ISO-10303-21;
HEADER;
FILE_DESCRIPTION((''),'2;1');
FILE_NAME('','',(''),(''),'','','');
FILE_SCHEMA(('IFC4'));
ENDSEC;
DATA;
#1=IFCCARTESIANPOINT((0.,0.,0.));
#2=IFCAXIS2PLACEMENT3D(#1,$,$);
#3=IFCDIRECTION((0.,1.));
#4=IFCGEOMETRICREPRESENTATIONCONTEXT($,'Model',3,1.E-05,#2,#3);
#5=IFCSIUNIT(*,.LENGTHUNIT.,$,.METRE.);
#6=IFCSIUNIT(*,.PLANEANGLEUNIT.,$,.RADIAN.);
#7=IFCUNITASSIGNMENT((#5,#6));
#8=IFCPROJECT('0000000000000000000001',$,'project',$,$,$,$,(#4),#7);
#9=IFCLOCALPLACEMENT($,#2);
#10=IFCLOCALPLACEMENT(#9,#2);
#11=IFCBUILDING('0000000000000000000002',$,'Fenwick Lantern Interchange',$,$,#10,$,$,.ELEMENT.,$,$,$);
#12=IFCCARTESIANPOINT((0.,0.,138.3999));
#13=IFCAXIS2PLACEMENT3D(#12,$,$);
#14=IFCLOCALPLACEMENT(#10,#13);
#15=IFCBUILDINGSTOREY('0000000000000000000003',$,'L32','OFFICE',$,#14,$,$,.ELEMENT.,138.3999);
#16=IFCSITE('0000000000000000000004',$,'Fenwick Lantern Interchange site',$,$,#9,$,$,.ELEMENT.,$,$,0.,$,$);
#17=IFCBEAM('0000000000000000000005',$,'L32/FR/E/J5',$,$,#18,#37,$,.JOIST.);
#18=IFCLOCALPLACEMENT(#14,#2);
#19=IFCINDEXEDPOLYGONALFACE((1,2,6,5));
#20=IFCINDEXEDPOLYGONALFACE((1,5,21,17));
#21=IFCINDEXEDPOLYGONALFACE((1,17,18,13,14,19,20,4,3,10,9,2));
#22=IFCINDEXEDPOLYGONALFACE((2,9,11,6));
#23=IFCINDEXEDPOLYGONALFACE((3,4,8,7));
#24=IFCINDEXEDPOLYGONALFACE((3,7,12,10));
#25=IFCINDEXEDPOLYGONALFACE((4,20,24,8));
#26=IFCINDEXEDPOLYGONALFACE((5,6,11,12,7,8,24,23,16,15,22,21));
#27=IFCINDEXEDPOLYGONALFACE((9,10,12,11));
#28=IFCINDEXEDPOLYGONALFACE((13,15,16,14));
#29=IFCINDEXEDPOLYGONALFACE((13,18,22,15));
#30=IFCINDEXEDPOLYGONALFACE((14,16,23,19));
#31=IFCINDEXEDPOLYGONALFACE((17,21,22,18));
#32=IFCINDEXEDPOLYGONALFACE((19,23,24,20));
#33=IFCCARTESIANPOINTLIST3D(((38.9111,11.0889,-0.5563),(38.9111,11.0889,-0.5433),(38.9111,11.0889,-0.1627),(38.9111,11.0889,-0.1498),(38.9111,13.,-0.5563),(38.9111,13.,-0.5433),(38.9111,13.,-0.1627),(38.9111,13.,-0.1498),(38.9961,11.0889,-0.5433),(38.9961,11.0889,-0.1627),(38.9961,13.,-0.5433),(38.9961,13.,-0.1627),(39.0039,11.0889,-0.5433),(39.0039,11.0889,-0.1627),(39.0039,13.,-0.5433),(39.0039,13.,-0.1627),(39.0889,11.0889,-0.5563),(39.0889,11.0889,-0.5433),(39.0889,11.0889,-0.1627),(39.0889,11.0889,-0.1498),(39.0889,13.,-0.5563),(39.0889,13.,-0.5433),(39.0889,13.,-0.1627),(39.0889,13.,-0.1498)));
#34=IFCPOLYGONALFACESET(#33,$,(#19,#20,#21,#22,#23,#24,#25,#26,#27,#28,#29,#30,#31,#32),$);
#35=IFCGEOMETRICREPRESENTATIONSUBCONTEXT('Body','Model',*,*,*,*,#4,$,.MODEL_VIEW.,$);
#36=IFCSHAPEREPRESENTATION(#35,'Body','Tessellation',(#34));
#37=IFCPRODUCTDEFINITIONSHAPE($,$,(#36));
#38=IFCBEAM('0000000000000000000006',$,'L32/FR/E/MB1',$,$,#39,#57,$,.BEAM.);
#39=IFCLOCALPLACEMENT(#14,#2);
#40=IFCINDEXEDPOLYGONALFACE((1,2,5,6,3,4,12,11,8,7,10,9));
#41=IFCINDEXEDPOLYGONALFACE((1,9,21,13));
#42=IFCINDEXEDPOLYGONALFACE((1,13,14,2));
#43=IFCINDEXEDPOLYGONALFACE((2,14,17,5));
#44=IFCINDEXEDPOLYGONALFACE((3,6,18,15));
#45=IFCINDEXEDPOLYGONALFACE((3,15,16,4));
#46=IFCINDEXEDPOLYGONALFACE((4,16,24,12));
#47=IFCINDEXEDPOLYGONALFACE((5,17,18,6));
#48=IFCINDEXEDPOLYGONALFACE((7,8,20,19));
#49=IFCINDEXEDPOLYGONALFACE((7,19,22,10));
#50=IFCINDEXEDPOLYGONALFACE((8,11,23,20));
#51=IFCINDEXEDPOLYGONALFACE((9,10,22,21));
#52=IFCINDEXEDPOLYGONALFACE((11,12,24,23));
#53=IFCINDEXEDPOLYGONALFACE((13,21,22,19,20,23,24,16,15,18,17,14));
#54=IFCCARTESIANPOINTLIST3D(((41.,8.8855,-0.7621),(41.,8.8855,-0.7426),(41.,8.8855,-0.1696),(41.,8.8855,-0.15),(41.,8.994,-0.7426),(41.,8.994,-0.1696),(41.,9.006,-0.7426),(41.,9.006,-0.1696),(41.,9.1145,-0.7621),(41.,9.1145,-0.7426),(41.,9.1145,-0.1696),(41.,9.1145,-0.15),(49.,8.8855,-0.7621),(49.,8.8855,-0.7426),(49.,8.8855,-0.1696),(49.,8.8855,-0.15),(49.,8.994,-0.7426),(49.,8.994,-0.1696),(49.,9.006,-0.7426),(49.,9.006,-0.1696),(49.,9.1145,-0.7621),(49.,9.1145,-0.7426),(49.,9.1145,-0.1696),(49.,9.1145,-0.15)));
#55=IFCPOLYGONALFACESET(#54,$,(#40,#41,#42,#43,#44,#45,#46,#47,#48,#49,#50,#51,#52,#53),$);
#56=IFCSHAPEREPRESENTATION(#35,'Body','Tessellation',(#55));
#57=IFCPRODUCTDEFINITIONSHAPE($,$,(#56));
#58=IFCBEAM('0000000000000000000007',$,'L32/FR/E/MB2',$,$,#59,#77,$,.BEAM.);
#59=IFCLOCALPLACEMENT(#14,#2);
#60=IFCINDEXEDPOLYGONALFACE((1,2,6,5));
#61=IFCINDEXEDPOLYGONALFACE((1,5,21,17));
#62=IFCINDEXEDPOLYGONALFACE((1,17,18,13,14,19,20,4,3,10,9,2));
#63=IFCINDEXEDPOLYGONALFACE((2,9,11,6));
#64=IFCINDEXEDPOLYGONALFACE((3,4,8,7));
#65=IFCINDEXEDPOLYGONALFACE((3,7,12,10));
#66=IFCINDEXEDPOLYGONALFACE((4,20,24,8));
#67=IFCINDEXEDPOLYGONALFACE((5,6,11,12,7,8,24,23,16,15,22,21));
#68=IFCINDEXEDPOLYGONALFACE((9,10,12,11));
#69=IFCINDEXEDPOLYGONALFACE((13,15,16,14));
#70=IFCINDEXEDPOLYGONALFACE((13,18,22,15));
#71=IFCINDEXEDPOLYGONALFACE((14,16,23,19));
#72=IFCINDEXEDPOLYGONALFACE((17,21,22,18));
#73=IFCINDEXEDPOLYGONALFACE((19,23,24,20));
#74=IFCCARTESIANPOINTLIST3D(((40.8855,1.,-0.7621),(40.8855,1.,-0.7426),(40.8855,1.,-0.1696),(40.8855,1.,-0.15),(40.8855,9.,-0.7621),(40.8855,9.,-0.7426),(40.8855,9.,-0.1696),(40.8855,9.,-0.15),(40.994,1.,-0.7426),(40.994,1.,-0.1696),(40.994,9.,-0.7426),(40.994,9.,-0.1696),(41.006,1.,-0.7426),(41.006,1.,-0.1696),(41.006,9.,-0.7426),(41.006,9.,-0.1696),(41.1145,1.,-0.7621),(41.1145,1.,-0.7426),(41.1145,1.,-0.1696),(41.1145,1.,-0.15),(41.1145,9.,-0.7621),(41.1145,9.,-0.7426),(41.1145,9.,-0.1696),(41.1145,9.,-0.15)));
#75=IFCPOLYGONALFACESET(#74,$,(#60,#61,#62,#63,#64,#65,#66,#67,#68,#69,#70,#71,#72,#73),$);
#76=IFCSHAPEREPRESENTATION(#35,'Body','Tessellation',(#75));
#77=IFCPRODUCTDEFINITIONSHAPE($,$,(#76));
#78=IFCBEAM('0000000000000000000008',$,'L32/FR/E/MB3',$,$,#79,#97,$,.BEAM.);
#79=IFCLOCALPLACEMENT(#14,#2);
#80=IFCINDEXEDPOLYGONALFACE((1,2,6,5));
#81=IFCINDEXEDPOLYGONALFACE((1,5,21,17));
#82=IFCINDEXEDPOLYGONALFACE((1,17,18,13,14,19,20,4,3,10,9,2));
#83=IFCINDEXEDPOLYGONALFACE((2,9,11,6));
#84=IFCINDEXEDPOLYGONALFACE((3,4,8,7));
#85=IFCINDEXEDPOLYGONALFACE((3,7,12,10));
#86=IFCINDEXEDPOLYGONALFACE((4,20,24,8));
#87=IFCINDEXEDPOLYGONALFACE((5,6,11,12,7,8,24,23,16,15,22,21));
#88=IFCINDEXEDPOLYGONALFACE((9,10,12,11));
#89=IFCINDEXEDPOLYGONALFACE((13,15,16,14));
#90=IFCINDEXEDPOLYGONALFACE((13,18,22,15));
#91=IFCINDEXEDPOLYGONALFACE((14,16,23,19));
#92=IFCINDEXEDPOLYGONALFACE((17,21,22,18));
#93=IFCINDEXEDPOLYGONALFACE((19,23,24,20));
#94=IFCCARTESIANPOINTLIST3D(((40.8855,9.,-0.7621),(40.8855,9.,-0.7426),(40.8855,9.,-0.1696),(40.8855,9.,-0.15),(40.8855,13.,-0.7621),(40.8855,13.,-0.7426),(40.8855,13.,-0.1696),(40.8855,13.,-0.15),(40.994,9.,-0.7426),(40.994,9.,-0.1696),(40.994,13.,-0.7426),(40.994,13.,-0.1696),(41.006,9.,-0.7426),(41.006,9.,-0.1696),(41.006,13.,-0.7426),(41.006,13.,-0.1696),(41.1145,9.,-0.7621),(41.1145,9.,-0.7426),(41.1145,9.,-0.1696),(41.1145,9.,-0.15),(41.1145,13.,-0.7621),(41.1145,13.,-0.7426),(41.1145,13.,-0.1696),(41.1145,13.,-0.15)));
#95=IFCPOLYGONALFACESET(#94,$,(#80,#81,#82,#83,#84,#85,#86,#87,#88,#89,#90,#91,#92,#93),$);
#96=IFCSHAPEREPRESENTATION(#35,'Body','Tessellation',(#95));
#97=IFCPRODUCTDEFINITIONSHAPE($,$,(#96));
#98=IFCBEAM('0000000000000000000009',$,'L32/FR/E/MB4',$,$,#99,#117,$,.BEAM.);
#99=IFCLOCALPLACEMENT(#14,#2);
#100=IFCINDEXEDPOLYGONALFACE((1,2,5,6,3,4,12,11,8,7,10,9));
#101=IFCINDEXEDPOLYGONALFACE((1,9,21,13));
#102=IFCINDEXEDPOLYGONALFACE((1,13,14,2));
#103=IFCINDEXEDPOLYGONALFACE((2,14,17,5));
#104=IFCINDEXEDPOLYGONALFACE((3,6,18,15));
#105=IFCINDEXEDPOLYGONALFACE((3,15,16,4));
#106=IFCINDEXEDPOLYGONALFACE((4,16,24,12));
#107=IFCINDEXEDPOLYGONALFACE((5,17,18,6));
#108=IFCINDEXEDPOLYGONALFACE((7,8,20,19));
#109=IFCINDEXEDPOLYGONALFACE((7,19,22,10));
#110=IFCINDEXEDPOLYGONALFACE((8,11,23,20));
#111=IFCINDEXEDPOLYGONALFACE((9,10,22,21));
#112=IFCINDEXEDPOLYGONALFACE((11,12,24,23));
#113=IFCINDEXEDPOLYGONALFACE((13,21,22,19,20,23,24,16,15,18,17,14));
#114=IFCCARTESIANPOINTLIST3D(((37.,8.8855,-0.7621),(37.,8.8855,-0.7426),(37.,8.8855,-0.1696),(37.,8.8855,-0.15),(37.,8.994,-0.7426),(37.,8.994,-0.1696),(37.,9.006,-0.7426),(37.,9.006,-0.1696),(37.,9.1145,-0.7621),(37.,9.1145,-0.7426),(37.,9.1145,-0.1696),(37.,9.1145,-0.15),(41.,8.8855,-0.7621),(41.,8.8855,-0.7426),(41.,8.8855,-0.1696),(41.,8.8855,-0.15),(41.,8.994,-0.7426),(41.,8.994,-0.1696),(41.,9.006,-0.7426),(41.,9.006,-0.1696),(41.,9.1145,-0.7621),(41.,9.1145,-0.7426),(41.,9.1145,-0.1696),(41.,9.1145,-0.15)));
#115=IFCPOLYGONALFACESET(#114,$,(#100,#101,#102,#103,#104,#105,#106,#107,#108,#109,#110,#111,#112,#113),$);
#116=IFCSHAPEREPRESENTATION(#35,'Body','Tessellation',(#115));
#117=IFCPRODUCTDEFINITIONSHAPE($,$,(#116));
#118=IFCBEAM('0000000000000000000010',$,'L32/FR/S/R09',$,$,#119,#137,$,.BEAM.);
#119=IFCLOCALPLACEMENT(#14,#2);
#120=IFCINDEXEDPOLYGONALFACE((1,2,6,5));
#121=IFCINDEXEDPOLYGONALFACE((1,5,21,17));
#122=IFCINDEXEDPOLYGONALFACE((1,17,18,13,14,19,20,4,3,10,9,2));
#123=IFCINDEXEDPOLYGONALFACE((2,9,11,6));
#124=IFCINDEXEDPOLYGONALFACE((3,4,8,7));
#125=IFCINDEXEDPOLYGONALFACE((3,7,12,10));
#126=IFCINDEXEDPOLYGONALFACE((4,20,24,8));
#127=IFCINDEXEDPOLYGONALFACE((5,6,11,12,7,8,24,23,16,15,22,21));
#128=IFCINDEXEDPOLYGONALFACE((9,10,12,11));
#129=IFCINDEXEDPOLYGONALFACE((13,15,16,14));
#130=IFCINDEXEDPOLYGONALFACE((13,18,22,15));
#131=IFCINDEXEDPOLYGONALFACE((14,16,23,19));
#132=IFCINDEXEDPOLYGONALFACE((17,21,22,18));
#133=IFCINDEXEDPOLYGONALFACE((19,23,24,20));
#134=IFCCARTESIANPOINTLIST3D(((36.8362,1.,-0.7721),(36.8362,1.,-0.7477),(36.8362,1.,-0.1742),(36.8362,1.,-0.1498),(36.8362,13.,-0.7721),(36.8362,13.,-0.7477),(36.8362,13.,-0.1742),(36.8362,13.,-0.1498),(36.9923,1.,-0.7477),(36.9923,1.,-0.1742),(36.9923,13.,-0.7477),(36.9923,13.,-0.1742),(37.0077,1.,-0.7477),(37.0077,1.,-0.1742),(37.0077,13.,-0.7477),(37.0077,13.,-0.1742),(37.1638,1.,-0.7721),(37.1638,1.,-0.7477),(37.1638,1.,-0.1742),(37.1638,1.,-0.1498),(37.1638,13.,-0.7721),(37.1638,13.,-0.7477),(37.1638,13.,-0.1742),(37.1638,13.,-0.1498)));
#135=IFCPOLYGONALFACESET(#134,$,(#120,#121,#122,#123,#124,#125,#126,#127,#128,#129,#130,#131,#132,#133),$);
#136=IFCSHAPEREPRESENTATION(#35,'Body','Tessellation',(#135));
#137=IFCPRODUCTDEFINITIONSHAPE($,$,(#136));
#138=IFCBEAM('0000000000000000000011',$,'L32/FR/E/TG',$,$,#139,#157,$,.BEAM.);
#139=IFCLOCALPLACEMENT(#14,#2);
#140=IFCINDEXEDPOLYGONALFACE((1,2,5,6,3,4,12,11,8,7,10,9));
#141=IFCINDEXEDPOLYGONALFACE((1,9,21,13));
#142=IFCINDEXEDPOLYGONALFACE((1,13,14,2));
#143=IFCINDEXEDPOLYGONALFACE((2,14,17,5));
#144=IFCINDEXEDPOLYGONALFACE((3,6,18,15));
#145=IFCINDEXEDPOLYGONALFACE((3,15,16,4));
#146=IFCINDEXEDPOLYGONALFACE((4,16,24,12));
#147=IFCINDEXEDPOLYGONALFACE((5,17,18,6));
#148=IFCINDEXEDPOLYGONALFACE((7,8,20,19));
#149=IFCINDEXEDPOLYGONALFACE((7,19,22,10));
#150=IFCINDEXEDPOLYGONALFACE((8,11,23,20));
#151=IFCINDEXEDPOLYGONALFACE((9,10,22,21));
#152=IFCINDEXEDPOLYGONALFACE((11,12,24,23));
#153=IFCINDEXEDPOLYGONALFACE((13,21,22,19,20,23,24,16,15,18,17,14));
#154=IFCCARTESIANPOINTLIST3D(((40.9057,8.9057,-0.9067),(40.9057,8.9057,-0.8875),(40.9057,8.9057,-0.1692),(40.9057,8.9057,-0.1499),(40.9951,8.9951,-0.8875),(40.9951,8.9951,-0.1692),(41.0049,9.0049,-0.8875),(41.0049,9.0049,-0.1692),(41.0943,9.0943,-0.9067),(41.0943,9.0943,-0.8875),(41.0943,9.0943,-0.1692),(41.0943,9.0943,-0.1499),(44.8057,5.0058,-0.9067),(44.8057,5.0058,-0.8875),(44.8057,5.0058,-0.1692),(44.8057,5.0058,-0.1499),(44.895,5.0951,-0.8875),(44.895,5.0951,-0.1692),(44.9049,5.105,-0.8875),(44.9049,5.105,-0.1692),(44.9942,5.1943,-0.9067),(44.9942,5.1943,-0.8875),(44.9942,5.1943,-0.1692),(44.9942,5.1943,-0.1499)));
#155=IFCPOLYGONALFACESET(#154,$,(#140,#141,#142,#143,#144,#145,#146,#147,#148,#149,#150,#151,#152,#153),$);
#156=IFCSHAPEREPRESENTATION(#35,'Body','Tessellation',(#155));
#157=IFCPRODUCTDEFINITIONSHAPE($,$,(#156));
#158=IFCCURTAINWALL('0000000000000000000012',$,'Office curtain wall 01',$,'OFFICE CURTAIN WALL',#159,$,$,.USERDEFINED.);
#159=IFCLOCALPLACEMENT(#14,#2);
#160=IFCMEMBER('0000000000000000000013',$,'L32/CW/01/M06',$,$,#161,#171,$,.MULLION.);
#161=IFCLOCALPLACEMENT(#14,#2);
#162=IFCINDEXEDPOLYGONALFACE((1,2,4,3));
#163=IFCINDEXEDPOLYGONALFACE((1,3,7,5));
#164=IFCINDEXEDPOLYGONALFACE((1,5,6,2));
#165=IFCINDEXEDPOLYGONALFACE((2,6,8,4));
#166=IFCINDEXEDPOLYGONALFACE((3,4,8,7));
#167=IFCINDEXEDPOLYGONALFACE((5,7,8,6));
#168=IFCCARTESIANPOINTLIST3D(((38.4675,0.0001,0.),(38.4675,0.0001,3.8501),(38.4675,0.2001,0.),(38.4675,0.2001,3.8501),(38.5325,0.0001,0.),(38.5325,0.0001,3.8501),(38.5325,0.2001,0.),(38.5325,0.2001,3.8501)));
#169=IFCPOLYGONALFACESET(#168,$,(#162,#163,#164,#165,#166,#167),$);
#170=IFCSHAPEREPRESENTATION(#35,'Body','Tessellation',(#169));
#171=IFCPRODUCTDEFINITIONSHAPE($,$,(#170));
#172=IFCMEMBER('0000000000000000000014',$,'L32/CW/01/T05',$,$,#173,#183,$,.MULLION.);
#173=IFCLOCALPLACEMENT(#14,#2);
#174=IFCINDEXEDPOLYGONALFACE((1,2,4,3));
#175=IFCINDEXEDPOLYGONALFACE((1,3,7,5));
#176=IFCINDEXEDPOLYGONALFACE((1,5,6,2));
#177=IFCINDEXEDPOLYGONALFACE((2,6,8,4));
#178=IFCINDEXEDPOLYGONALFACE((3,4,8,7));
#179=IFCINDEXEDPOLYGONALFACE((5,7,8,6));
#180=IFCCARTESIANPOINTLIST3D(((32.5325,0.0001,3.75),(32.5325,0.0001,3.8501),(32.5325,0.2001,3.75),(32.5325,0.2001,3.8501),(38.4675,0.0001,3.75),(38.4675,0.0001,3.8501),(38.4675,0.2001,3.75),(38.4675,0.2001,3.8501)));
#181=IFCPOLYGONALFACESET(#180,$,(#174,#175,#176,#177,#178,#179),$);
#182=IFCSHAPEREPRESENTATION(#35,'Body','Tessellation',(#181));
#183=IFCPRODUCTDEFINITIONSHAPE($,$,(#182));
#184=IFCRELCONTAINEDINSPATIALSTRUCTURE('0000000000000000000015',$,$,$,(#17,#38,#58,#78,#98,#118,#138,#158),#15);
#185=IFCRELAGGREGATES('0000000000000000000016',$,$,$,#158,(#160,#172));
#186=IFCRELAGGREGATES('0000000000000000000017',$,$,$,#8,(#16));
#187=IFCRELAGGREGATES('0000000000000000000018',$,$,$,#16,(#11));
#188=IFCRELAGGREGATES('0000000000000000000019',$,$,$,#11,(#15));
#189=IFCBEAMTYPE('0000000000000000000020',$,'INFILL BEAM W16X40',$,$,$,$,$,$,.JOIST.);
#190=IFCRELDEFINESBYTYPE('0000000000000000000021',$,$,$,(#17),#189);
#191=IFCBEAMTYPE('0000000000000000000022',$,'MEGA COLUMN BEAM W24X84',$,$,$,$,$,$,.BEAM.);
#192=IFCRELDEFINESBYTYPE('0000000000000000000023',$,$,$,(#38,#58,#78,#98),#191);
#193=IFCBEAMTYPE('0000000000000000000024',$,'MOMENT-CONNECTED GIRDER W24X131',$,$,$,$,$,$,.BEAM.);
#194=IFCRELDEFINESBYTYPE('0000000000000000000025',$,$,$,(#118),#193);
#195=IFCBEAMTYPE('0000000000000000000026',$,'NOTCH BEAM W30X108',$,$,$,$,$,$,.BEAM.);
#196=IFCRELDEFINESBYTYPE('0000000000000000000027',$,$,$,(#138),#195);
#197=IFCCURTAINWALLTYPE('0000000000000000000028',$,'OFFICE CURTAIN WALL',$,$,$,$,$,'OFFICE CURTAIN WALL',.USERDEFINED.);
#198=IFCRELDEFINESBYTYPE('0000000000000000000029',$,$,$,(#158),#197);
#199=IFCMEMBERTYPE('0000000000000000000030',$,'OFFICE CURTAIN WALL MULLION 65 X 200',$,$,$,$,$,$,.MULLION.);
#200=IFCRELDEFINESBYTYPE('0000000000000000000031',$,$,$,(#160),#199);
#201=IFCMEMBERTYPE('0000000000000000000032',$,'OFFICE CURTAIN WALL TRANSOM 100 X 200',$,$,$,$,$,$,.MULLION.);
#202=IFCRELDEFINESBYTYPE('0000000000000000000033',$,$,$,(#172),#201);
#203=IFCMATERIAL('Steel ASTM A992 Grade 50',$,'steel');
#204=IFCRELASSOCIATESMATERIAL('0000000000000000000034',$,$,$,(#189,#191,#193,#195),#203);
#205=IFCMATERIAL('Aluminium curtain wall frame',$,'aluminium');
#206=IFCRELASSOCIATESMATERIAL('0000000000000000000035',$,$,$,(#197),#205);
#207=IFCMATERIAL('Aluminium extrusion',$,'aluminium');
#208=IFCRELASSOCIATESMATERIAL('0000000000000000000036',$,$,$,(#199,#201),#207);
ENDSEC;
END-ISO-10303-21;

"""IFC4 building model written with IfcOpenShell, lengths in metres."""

from ifc_helpers import new_model, si_unit, direction, frame, origin, origin_2d, place, context, subcontext, project, spatial, rectangle, i_section, extrude, material, material_profile, profile_set, type_object, element, aggregate, save


model = new_model("IFC4")

# Units and contexts
model_context = context("Model", 3, precision=1e-05, world=origin(), true_north=direction((0.0, 1.0)))
body_context = subcontext(model_context, "Body", "Model", "MODEL_VIEW")
ifc_project = project(units=[si_unit("LENGTHUNIT", "METRE"), si_unit("PLANEANGLEUNIT", "RADIAN")], contexts=[model_context])

# Site, building, storey
site_placement = place(None, origin())
site = spatial("IfcSite", under=ifc_project, at=site_placement, Name="Fenwick Lantern Interchange site", CompositionType="ELEMENT", RefElevation=0.0)
building_placement = place(site_placement, origin())
building = spatial("IfcBuilding", under=site, at=building_placement, Name="Fenwick Lantern Interchange", CompositionType="ELEMENT")
storey_placement = place(building_placement, frame((0.0, 0.0, 138.3999)))
storey = spatial("IfcBuildingStorey", under=building, at=storey_placement, Name="L32", Description="OFFICE", CompositionType="ELEMENT", Elevation=138.3999)

# Beams
ifc_material_1 = material(Name="Steel ASTM A992 Grade 50", Category="steel")
ifc_material_profile_1 = material_profile(ifc_material_1, i_section(OverallWidth=0.1777, OverallDepth=0.4065, WebThickness=0.0078, FlangeThickness=0.0129, at=origin_2d()), Name="W16X40")
ifc_profile_set_1 = profile_set([ifc_material_profile_1], Name="Steel ASTM A992 Grade 50")
beam_type_1 = type_object("IfcBeamType", Name="INFILL BEAM W16X40", PredefinedType="JOIST", material=ifc_profile_set_1)
beam_1_placement = place(storey_placement, frame((39.0, 11.0889, -0.353), z_axis=(0.0, 1.0, 0.0), x_axis=(-1.0, 0.0, 0.0)))
element("IfcBeam", 1, at=beam_1_placement, inside=storey, type_object=beam_type_1, Name="L32/FR/E/J5", PredefinedType="JOIST", context=body_context, shape_type="SweptSolid", body=[
    extrude(i_section(OverallWidth=0.1777, OverallDepth=0.4065, WebThickness=0.0078, FlangeThickness=0.0129, at=origin_2d()), origin(), (0.0, 0.0, 1.0), 1.9111),
])
ifc_material_profile_2 = material_profile(ifc_material_1, i_section(OverallWidth=0.229, OverallDepth=0.6121, WebThickness=0.012, FlangeThickness=0.0195, at=origin_2d()), Name="W24X84")
ifc_profile_set_2 = profile_set([ifc_material_profile_2], Name="Steel ASTM A992 Grade 50")
beam_type_2 = type_object("IfcBeamType", Name="MEGA COLUMN BEAM W24X84", PredefinedType="BEAM", material=ifc_profile_set_2)
for number, where, z_axis, x_axis, name in (
    (2, (41.0, 9.0, -0.4561), (1.0, 0.0, 0.0), (0.0, 1.0, 0.0), "L32/FR/E/MB1"),
    (3, (41.0, 9.0, -0.4561), (0.0, -1.0, 0.0), (1.0, 0.0, 0.0), "L32/FR/E/MB2"),
):
    element("IfcBeam", number, at=place(storey_placement, frame(where, z_axis=z_axis, x_axis=x_axis)), inside=storey, type_object=beam_type_2, Name=name, PredefinedType="BEAM", context=body_context, shape_type="SweptSolid", body=[
        extrude(i_section(OverallWidth=0.229, OverallDepth=0.6121, WebThickness=0.012, FlangeThickness=0.0195, at=origin_2d()), origin(), (0.0, 0.0, 1.0), 8.0),
    ])
for number, where, z_axis, x_axis, name in (
    (4, (41.0, 9.0, -0.4561), (0.0, 1.0, 0.0), (-1.0, 0.0, 0.0), "L32/FR/E/MB3"),
    (5, (41.0, 9.0, -0.4561), (-1.0, 0.0, 0.0), (0.0, -1.0, 0.0), "L32/FR/E/MB4"),
):
    element("IfcBeam", number, at=place(storey_placement, frame(where, z_axis=z_axis, x_axis=x_axis)), inside=storey, type_object=beam_type_2, Name=name, PredefinedType="BEAM", context=body_context, shape_type="SweptSolid", body=[
        extrude(i_section(OverallWidth=0.229, OverallDepth=0.6121, WebThickness=0.012, FlangeThickness=0.0195, at=origin_2d()), origin(), (0.0, 0.0, 1.0), 4.0),
    ])
ifc_material_profile_3 = material_profile(ifc_material_1, i_section(OverallWidth=0.3276, OverallDepth=0.6223, WebThickness=0.0154, FlangeThickness=0.0244, at=origin_2d()), Name="W24X131")
ifc_profile_set_3 = profile_set([ifc_material_profile_3], Name="Steel ASTM A992 Grade 50")
beam_type_3 = type_object("IfcBeamType", Name="MOMENT-CONNECTED GIRDER W24X131", PredefinedType="BEAM", material=ifc_profile_set_3)
beam_2_placement = place(storey_placement, frame((37.0, 1.0, -0.4609), z_axis=(0.0, 1.0, 0.0), x_axis=(-1.0, 0.0, 0.0)))
element("IfcBeam", 6, at=beam_2_placement, inside=storey, type_object=beam_type_3, Name="L32/FR/S/R09", PredefinedType="BEAM", context=body_context, shape_type="SweptSolid", body=[
    extrude(i_section(OverallWidth=0.3276, OverallDepth=0.6223, WebThickness=0.0154, FlangeThickness=0.0244, at=origin_2d()), origin(), (0.0, 0.0, 1.0), 12.0),
])
ifc_material_profile_4 = material_profile(ifc_material_1, i_section(OverallWidth=0.2666, OverallDepth=0.7568, WebThickness=0.0139, FlangeThickness=0.0193, at=origin_2d()), Name="W30X108")
ifc_profile_set_4 = profile_set([ifc_material_profile_4], Name="Steel ASTM A992 Grade 50")
beam_type_4 = type_object("IfcBeamType", Name="NOTCH BEAM W30X108", PredefinedType="BEAM", material=ifc_profile_set_4)
beam_3_placement = place(storey_placement, frame((41.0, 9.0, -0.5283), z_axis=(0.707107, -0.707107, 0.0), x_axis=(0.707107, 0.707107, 0.0)))
element("IfcBeam", 7, at=beam_3_placement, inside=storey, type_object=beam_type_4, Name="L32/FR/E/TG", PredefinedType="BEAM", context=body_context, shape_type="SweptSolid", body=[
    extrude(i_section(OverallWidth=0.2666, OverallDepth=0.7568, WebThickness=0.0139, FlangeThickness=0.0193, at=origin_2d()), origin(), (0.0, 0.0, 1.0), 5.5154),
])

# Curtain wall, members
ifc_material_2 = material(Name="Aluminium curtain wall frame", Category="aluminium")
curtain_wall_type = type_object("IfcCurtainWallType", Name="OFFICE CURTAIN WALL", ElementType="OFFICE CURTAIN WALL", PredefinedType="USERDEFINED", material=ifc_material_2)
curtain_wall_placement = place(storey_placement, origin())
curtain_wall = element("IfcCurtainWall", 8, at=curtain_wall_placement, inside=storey, type_object=curtain_wall_type, Name="Office curtain wall 01", ObjectType="OFFICE CURTAIN WALL", PredefinedType="USERDEFINED")
ifc_material_3 = material(Name="Aluminium extrusion", Category="aluminium")
ifc_material_profile_5 = material_profile(ifc_material_3, rectangle(XDim=0.2, YDim=0.0649, at=origin_2d()), Name="OFFICE CURTAIN WALL MULLION 65 X 200")
ifc_profile_set_5 = profile_set([ifc_material_profile_5], Name="Aluminium extrusion")
member_type_1 = type_object("IfcMemberType", Name="OFFICE CURTAIN WALL MULLION 65 X 200", PredefinedType="MULLION", material=ifc_profile_set_5)
member_1_placement = place(storey_placement, frame((38.5, 0.1001, 0.0), z_axis=(0.0, 0.0, 1.0), x_axis=(0.0, 1.0, 0.0)))
member_1 = element("IfcMember", 9, at=member_1_placement, type_object=member_type_1, Name="L32/CW/01/M06", PredefinedType="MULLION", context=body_context, shape_type="SweptSolid", body=[
    extrude(rectangle(XDim=0.2, YDim=0.0649, at=origin_2d()), origin(), (0.0, 0.0, 1.0), 3.8501),
])
ifc_material_profile_6 = material_profile(ifc_material_3, rectangle(XDim=0.2, YDim=0.1001, at=origin_2d()), Name="OFFICE CURTAIN WALL TRANSOM 100 X 200")
ifc_profile_set_6 = profile_set([ifc_material_profile_6], Name="Aluminium extrusion")
member_type_2 = type_object("IfcMemberType", Name="OFFICE CURTAIN WALL TRANSOM 100 X 200", PredefinedType="MULLION", material=ifc_profile_set_6)
member_2_placement = place(storey_placement, frame((32.5325, 0.1001, 3.8), z_axis=(1.0, 0.0, 0.0), x_axis=(0.0, 1.0, 0.0)))
member_2 = element("IfcMember", 10, at=member_2_placement, type_object=member_type_2, Name="L32/CW/01/T05", PredefinedType="MULLION", context=body_context, shape_type="SweptSolid", body=[
    extrude(rectangle(XDim=0.2, YDim=0.1001, at=origin_2d()), origin(), (0.0, 0.0, 1.0), 5.9351),
])
aggregate(curtain_wall, [member_1, member_2])

save(model, "model.ifc")
